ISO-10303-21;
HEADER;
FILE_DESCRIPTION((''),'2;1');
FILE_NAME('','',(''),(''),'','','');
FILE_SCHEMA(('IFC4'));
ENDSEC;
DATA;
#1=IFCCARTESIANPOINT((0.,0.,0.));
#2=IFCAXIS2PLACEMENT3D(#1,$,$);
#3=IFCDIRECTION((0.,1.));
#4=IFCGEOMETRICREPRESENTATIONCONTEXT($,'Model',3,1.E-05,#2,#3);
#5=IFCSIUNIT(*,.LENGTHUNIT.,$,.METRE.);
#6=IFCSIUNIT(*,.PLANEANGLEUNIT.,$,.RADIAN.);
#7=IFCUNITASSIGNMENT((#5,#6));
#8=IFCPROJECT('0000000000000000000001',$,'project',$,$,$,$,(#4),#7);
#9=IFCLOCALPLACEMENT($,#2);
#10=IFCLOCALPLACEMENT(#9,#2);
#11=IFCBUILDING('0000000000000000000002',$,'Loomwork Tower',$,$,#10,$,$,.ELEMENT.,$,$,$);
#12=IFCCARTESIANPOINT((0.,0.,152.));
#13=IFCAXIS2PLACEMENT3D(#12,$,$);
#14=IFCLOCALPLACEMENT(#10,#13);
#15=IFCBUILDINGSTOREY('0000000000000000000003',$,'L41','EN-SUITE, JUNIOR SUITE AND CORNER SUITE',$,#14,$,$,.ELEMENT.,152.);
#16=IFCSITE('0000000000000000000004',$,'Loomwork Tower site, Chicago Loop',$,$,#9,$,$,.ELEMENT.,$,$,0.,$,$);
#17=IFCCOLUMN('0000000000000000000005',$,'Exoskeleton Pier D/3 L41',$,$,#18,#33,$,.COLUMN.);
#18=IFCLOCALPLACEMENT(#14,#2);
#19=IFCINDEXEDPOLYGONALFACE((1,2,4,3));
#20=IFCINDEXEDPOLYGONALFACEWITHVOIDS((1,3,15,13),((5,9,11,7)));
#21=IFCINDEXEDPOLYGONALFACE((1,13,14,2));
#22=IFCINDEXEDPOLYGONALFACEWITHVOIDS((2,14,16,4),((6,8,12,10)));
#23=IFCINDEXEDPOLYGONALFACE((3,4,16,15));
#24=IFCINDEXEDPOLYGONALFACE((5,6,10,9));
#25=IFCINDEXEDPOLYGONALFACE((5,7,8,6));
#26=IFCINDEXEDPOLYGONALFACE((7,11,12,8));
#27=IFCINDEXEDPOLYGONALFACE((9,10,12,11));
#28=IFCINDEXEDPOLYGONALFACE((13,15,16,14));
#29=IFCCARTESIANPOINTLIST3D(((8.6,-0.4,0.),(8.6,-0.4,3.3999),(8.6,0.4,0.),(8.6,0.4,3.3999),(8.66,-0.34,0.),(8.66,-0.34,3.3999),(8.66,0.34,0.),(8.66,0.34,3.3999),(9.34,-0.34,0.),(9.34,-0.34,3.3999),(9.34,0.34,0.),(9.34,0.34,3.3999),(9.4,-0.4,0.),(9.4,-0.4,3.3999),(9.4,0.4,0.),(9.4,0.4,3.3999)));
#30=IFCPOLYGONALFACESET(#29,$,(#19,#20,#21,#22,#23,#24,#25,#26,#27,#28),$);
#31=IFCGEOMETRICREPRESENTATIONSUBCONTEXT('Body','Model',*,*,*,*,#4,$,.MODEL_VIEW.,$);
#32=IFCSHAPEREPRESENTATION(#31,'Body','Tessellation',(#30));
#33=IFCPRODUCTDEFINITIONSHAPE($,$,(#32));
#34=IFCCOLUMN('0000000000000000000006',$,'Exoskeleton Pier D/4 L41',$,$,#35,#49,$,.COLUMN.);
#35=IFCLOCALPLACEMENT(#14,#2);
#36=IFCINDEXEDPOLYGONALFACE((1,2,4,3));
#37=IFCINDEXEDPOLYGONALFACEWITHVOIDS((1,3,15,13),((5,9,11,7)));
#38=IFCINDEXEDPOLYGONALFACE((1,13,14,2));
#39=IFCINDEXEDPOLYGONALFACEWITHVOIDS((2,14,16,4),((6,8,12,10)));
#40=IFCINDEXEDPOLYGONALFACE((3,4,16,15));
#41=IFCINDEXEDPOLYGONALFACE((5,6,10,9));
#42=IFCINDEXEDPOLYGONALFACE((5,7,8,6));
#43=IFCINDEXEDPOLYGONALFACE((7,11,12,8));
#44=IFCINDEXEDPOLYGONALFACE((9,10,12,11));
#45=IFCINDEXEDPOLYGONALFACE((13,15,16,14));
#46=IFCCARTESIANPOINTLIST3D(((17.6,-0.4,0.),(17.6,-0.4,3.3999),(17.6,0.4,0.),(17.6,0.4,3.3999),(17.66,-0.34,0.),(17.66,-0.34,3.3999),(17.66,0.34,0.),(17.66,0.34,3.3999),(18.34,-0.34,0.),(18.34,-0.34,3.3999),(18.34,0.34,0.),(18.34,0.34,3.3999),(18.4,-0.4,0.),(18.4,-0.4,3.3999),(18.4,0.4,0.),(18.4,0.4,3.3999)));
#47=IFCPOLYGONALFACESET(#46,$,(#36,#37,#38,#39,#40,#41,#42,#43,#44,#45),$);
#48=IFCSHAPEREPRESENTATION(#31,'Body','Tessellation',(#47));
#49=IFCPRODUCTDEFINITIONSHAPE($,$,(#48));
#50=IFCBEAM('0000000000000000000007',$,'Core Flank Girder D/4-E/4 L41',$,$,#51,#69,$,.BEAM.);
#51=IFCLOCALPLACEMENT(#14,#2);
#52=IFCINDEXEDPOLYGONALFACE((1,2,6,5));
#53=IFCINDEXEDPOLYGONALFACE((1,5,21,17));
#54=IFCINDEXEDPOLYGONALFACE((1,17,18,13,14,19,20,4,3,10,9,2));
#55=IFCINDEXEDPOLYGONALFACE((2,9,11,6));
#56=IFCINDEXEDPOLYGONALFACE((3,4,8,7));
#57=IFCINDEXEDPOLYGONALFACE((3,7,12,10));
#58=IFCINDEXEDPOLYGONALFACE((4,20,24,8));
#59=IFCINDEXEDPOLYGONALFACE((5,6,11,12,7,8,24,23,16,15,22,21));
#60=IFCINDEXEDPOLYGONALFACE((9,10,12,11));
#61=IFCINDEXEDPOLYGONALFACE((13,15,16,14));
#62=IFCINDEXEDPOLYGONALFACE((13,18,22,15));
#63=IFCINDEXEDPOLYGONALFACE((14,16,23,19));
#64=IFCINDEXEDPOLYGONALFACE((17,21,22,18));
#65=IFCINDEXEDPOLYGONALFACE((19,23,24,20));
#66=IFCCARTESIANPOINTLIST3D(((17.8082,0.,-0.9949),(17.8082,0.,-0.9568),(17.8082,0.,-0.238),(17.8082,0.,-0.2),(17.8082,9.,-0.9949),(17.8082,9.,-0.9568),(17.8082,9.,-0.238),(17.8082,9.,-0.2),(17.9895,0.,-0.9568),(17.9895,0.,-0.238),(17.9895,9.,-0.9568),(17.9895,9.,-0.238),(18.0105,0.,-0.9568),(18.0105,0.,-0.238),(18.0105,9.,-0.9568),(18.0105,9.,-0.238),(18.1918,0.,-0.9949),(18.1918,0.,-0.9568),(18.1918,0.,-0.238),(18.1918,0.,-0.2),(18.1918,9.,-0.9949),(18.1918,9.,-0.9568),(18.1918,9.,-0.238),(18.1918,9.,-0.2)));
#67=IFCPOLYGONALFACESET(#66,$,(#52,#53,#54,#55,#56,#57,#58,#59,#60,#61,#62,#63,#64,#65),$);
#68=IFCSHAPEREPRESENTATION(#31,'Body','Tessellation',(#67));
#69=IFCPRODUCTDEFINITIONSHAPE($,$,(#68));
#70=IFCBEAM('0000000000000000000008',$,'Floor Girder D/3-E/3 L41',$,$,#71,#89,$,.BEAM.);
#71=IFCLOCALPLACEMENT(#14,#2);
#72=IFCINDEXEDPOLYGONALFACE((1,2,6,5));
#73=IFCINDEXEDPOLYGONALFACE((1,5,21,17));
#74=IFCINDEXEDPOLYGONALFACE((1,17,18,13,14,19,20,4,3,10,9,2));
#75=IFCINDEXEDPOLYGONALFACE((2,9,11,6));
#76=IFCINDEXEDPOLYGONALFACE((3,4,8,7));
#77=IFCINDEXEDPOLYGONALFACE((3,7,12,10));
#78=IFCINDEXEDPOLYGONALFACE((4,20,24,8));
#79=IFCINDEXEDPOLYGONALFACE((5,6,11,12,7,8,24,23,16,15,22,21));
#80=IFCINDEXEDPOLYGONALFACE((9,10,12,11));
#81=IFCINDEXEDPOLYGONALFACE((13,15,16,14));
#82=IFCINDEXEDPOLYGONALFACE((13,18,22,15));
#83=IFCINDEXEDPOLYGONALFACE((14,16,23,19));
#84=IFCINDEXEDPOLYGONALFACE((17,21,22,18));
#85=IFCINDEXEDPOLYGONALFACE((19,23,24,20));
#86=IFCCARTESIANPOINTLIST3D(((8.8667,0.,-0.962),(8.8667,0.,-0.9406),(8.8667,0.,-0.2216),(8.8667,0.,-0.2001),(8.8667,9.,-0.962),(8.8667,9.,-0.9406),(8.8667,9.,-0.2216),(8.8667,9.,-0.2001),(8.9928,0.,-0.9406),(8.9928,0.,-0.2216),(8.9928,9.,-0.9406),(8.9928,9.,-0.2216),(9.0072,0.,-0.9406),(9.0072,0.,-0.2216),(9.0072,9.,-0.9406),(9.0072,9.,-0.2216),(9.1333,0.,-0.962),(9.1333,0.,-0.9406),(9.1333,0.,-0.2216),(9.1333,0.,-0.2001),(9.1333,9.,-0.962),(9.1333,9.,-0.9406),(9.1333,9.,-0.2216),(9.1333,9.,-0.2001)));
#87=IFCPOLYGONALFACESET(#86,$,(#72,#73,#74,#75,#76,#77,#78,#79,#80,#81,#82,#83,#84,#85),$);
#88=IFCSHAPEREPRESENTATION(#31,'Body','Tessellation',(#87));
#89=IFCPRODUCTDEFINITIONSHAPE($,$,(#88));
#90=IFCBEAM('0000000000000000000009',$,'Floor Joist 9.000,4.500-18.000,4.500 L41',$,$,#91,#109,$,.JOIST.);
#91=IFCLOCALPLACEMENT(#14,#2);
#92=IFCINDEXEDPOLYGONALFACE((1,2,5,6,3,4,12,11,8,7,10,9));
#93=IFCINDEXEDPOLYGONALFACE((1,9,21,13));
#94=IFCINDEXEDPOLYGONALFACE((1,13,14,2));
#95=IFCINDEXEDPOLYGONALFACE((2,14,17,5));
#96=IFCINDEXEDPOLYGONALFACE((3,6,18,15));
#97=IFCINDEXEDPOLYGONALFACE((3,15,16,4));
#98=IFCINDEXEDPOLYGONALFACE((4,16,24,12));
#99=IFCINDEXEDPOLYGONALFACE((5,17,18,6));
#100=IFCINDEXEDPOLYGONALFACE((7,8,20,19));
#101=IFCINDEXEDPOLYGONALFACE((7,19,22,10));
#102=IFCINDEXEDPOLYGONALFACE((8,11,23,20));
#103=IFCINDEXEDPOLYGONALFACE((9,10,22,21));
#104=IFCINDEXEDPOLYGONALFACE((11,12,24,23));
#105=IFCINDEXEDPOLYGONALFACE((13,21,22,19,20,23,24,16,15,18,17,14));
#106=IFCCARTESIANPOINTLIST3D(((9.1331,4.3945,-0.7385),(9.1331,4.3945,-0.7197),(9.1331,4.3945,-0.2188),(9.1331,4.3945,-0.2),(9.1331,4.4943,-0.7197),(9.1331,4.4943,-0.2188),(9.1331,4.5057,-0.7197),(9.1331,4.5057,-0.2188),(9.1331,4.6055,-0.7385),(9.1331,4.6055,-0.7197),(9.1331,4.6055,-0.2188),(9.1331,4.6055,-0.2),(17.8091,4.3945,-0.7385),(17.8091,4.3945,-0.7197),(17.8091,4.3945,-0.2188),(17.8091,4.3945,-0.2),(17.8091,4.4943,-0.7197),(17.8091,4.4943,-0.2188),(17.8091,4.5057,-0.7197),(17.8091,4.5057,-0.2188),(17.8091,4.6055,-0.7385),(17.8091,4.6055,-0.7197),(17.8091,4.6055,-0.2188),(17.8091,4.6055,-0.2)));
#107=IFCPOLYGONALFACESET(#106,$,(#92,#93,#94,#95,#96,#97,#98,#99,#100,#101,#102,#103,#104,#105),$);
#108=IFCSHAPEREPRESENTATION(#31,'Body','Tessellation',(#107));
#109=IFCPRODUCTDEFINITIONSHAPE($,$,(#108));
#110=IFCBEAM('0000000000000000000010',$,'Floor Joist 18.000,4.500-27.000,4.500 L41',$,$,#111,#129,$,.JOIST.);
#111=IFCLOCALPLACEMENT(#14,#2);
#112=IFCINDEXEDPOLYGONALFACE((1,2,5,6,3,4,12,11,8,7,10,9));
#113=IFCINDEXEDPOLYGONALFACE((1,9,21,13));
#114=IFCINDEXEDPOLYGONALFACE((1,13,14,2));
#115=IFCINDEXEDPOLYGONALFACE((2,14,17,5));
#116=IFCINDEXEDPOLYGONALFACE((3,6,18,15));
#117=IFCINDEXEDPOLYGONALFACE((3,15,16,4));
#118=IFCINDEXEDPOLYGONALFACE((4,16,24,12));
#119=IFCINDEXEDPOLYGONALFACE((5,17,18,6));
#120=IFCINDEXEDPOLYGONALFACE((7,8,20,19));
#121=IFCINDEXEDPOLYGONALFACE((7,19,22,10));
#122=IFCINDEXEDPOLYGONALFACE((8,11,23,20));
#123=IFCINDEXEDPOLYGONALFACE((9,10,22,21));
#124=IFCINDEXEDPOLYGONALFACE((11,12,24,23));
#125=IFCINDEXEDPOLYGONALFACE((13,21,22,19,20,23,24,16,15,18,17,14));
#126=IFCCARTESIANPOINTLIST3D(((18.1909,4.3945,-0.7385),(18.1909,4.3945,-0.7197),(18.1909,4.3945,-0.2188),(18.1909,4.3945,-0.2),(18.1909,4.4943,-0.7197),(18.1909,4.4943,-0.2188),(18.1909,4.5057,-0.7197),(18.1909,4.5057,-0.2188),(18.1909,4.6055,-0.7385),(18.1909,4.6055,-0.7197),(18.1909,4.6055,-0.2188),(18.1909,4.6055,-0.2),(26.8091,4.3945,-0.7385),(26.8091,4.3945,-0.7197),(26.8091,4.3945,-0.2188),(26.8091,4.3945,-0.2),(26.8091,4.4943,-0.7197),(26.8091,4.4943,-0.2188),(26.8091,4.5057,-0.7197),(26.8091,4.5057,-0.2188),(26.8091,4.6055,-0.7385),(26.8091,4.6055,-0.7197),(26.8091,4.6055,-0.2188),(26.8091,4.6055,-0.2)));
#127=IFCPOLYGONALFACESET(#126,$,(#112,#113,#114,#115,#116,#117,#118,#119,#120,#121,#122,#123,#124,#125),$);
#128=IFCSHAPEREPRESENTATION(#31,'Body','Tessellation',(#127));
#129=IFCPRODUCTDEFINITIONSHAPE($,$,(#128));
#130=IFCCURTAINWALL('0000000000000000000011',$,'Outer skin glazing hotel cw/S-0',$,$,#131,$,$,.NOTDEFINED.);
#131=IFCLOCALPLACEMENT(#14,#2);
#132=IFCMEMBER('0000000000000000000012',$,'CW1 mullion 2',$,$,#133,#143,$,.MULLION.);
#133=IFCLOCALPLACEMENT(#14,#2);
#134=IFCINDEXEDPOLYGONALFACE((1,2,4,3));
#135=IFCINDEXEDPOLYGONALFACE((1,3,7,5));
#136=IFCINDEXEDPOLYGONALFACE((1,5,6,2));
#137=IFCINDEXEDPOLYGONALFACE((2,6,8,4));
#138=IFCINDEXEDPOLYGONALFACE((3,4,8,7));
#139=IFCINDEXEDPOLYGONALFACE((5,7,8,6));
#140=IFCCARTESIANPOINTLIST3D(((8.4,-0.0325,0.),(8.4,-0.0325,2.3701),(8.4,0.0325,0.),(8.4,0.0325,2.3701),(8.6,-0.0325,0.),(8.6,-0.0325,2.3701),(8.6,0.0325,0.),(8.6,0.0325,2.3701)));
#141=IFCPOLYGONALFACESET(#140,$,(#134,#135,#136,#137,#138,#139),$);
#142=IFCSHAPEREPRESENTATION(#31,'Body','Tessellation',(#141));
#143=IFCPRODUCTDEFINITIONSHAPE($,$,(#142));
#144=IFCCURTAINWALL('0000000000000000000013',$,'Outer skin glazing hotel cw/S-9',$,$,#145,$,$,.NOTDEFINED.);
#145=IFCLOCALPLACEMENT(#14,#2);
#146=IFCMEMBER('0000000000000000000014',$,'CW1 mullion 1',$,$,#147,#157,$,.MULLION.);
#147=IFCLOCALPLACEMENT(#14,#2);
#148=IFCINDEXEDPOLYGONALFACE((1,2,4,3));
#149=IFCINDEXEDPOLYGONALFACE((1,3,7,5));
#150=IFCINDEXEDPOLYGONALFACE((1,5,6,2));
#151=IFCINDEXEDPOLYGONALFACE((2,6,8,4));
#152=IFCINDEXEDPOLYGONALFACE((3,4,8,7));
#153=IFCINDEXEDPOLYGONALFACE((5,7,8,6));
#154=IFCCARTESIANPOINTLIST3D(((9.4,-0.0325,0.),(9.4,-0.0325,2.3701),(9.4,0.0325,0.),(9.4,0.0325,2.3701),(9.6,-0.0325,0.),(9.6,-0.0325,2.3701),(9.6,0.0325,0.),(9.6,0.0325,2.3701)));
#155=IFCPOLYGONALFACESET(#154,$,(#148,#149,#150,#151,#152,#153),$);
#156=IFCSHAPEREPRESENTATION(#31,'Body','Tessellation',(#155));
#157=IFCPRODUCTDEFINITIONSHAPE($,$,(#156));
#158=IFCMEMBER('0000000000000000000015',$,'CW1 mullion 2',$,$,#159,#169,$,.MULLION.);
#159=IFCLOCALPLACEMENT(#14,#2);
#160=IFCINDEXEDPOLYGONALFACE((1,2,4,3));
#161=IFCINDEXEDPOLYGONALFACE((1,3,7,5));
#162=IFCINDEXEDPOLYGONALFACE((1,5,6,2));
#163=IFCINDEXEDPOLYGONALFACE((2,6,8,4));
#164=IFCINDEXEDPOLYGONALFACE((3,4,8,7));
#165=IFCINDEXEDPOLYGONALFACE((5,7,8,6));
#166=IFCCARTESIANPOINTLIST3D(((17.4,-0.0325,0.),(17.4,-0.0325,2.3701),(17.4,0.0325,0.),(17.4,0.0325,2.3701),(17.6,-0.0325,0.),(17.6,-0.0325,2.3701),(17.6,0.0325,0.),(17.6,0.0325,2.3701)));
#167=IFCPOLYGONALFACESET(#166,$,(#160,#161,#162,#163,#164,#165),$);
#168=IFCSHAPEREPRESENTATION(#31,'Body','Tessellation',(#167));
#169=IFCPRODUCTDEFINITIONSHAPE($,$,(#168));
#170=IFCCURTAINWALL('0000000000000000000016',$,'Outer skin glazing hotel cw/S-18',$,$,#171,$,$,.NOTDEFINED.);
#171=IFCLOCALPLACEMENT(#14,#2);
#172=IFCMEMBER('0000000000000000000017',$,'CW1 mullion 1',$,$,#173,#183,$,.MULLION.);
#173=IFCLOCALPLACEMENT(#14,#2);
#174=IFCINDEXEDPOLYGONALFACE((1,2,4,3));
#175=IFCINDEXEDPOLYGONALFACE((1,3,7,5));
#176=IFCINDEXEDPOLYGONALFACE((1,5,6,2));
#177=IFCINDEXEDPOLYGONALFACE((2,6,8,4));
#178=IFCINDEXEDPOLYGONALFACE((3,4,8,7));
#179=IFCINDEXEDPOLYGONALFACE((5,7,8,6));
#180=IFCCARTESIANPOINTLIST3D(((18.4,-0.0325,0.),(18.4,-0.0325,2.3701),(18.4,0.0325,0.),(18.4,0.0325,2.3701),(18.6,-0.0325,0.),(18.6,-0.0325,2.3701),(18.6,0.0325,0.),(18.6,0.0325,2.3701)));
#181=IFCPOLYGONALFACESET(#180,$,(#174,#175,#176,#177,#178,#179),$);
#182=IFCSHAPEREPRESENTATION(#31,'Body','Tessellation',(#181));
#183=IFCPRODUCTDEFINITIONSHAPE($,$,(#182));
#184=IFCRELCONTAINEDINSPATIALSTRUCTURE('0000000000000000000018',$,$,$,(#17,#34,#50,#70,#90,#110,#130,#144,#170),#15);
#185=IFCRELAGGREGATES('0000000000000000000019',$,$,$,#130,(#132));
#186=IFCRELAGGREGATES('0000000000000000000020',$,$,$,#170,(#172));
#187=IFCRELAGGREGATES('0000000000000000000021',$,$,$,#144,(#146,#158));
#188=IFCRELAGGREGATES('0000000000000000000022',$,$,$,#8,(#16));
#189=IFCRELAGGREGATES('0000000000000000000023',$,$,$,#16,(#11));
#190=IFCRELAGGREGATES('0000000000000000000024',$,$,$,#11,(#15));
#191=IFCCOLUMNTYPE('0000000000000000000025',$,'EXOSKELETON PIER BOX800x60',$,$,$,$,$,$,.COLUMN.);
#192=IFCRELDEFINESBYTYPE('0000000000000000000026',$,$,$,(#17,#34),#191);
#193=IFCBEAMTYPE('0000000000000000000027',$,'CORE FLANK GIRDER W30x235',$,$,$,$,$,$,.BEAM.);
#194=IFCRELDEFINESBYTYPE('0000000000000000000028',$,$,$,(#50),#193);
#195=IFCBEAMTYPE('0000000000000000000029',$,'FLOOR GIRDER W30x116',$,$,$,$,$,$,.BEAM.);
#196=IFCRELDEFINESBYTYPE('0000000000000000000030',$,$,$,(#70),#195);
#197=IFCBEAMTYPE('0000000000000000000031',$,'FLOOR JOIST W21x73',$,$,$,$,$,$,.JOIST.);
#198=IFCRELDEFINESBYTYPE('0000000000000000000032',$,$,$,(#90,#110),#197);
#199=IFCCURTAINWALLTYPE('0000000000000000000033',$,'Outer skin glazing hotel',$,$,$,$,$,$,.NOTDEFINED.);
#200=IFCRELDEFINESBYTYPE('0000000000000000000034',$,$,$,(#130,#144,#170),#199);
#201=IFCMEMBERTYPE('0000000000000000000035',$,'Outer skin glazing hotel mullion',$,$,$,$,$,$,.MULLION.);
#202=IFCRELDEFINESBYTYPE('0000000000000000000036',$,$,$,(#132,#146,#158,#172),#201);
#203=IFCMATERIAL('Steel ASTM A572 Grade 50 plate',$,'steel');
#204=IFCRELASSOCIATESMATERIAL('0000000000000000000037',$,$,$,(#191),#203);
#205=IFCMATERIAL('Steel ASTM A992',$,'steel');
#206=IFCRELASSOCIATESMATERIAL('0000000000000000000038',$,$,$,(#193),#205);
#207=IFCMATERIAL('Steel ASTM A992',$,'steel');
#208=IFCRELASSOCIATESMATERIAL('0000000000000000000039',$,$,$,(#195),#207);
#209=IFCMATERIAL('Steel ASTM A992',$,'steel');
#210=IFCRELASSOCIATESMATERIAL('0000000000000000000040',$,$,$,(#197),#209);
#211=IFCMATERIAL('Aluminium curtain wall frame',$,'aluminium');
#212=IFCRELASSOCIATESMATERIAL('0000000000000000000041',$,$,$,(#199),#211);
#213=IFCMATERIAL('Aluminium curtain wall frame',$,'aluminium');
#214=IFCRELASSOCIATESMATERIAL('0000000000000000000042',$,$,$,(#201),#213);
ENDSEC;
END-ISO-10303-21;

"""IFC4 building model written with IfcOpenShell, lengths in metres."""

from ifc_helpers import new_model, si_unit, direction, frame, origin, origin_2d, place, context, subcontext, project, spatial, rectangle, hollow_rectangle, i_section, extrude, material, material_profile, profile_set, type_object, element, aggregate, save


model = new_model("IFC4")

# Units and contexts
model_context = context("Model", 3, precision=1e-05, world=origin(), true_north=direction((0.0, 1.0)))
body_context = subcontext(model_context, "Body", "Model", "MODEL_VIEW")
ifc_project = project(units=[si_unit("LENGTHUNIT", "METRE"), si_unit("PLANEANGLEUNIT", "RADIAN")], contexts=[model_context])

# Site, building, storey
site_placement = place(None, origin())
site = spatial("IfcSite", under=ifc_project, at=site_placement, Name="Loomwork Tower site, Chicago Loop", CompositionType="ELEMENT", RefElevation=0.0)
building_placement = place(site_placement, origin())
building = spatial("IfcBuilding", under=site, at=building_placement, Name="Loomwork Tower", CompositionType="ELEMENT")
storey_placement = place(building_placement, frame((0.0, 0.0, 152.0)))
storey = spatial("IfcBuildingStorey", under=building, at=storey_placement, Name="L41", Description="EN-SUITE, JUNIOR SUITE AND CORNER SUITE", CompositionType="ELEMENT", Elevation=152.0)

# Columns
ifc_material_1 = material(Name="Steel ASTM A572 Grade 50 plate", Category="steel")
ifc_material_profile_1 = material_profile(ifc_material_1, hollow_rectangle(XDim=0.8, YDim=0.8, WallThickness=0.0601, at=origin_2d()), Name="BOX800x60")
ifc_profile_set_1 = profile_set([ifc_material_profile_1], Name="Steel ASTM A572 Grade 50 plate")
column_type = type_object("IfcColumnType", Name="EXOSKELETON PIER BOX800x60", PredefinedType="COLUMN", material=ifc_profile_set_1)
for number, where, z_axis, x_axis, name in (
    (1, (9.0, 0.0, 0.0), (0.0, 0.0, 1.0), (1.0, 0.0, 0.0), "Exoskeleton Pier D/3 L41"),
    (2, (18.0, 0.0, 0.0), (0.0, 0.0, 1.0), (1.0, 0.0, 0.0), "Exoskeleton Pier D/4 L41"),
):
    element("IfcColumn", number, at=place(storey_placement, frame(where, z_axis=z_axis, x_axis=x_axis)), inside=storey, type_object=column_type, Name=name, PredefinedType="COLUMN", context=body_context, shape_type="SweptSolid", body=[
        extrude(hollow_rectangle(XDim=0.8, YDim=0.8, WallThickness=0.0601, at=origin_2d()), origin(), (0.0, 0.0, 1.0), 3.3999),
    ])

# Beams
ifc_material_2 = material(Name="Steel ASTM A992", Category="steel")
ifc_material_profile_2 = material_profile(ifc_material_2, i_section(OverallWidth=0.3835, OverallDepth=0.7949, WebThickness=0.021, FlangeThickness=0.0381, at=origin_2d()), Name="W30x235")
ifc_profile_set_2 = profile_set([ifc_material_profile_2], Name="Steel ASTM A992")
beam_type_1 = type_object("IfcBeamType", Name="CORE FLANK GIRDER W30x235", PredefinedType="BEAM", material=ifc_profile_set_2)
beam_1_placement = place(storey_placement, frame((18.0, 0.0, -0.5974), z_axis=(0.0, 1.0, 0.0), x_axis=(-1.0, 0.0, 0.0)))
element("IfcBeam", 3, at=beam_1_placement, inside=storey, type_object=beam_type_1, Name="Core Flank Girder D/4-E/4 L41", PredefinedType="BEAM", context=body_context, shape_type="SweptSolid", body=[
    extrude(i_section(OverallWidth=0.3835, OverallDepth=0.7949, WebThickness=0.021, FlangeThickness=0.0381, at=origin_2d()), origin(), (0.0, 0.0, 1.0), 9.0),
])
ifc_material_3 = material(Name="Steel ASTM A992", Category="steel")
ifc_material_profile_3 = material_profile(ifc_material_3, i_section(OverallWidth=0.2666, OverallDepth=0.762, WebThickness=0.0144, FlangeThickness=0.0215, at=origin_2d()), Name="W30x116")
ifc_profile_set_3 = profile_set([ifc_material_profile_3], Name="Steel ASTM A992")
beam_type_2 = type_object("IfcBeamType", Name="FLOOR GIRDER W30x116", PredefinedType="BEAM", material=ifc_profile_set_3)
beam_2_placement = place(storey_placement, frame((9.0, 0.0, -0.5811), z_axis=(0.0, 1.0, 0.0), x_axis=(-1.0, 0.0, 0.0)))
element("IfcBeam", 4, at=beam_2_placement, inside=storey, type_object=beam_type_2, Name="Floor Girder D/3-E/3 L41", PredefinedType="BEAM", context=body_context, shape_type="SweptSolid", body=[
    extrude(i_section(OverallWidth=0.2666, OverallDepth=0.762, WebThickness=0.0144, FlangeThickness=0.0215, at=origin_2d()), origin(), (0.0, 0.0, 1.0), 9.0),
])
ifc_material_4 = material(Name="Steel ASTM A992", Category="steel")
ifc_material_profile_4 = material_profile(ifc_material_4, i_section(OverallWidth=0.2109, OverallDepth=0.5386, WebThickness=0.0115, FlangeThickness=0.0188, at=origin_2d()), Name="W21x73")
ifc_profile_set_4 = profile_set([ifc_material_profile_4], Name="Steel ASTM A992")
beam_type_3 = type_object("IfcBeamType", Name="FLOOR JOIST W21x73", PredefinedType="JOIST", material=ifc_profile_set_4)
beam_3_placement = place(storey_placement, frame((9.1331, 4.5, -0.4692), z_axis=(1.0, 0.0, 0.0), x_axis=(0.0, 1.0, 0.0)))
element("IfcBeam", 5, at=beam_3_placement, inside=storey, type_object=beam_type_3, Name="Floor Joist 9.000,4.500-18.000,4.500 L41", PredefinedType="JOIST", context=body_context, shape_type="SweptSolid", body=[
    extrude(i_section(OverallWidth=0.2109, OverallDepth=0.5386, WebThickness=0.0115, FlangeThickness=0.0188, at=origin_2d()), origin(), (0.0, 0.0, 1.0), 8.676),
])
beam_4_placement = place(storey_placement, frame((18.1909, 4.5, -0.4692), z_axis=(1.0, 0.0, 0.0), x_axis=(0.0, 1.0, 0.0)))
element("IfcBeam", 6, at=beam_4_placement, inside=storey, type_object=beam_type_3, Name="Floor Joist 18.000,4.500-27.000,4.500 L41", PredefinedType="JOIST", context=body_context, shape_type="SweptSolid", body=[
    extrude(i_section(OverallWidth=0.2109, OverallDepth=0.5386, WebThickness=0.0115, FlangeThickness=0.0188, at=origin_2d()), origin(), (0.0, 0.0, 1.0), 8.6182),
])

# Curtain wall, member
ifc_material_5 = material(Name="Aluminium curtain wall frame", Category="aluminium")
curtain_wall_type = type_object("IfcCurtainWallType", Name="Outer skin glazing hotel", PredefinedType="NOTDEFINED", material=ifc_material_5)
curtain_wall_1_placement = place(storey_placement, origin())
curtain_wall_1 = element("IfcCurtainWall", 7, at=curtain_wall_1_placement, inside=storey, type_object=curtain_wall_type, Name="Outer skin glazing hotel cw/S-0", PredefinedType="NOTDEFINED")
ifc_material_6 = material(Name="Aluminium curtain wall frame", Category="aluminium")
ifc_material_profile_5 = material_profile(ifc_material_6, rectangle(XDim=0.0649, YDim=0.2, at=origin_2d()), Name="AL 65x200")
ifc_profile_set_5 = profile_set([ifc_material_profile_5], Name="Aluminium curtain wall frame")
member_type_1 = type_object("IfcMemberType", Name="Outer skin glazing hotel mullion", PredefinedType="MULLION", material=ifc_profile_set_5)
member_1_placement = place(storey_placement, frame((8.5, 0.0, 0.0), z_axis=(0.0, 0.0, 1.0), x_axis=(0.0, 1.0, 0.0)))
member_1 = element("IfcMember", 8, at=member_1_placement, type_object=member_type_1, Name="CW1 mullion 2", PredefinedType="MULLION", context=body_context, shape_type="SweptSolid", body=[
    extrude(rectangle(XDim=0.0649, YDim=0.2, at=origin_2d()), origin(), (0.0, 0.0, 1.0), 2.3701),
])
aggregate(curtain_wall_1, [member_1])

# Curtain wall, members
curtain_wall_2_placement = place(storey_placement, origin())
curtain_wall_2 = element("IfcCurtainWall", 9, at=curtain_wall_2_placement, inside=storey, type_object=curtain_wall_type, Name="Outer skin glazing hotel cw/S-9", PredefinedType="NOTDEFINED")
member_2_placement = place(storey_placement, frame((9.5, 0.0, 0.0), z_axis=(0.0, 0.0, 1.0), x_axis=(0.0, 1.0, 0.0)))
member_2 = element("IfcMember", 10, at=member_2_placement, type_object=member_type_1, Name="CW1 mullion 1", PredefinedType="MULLION", context=body_context, shape_type="SweptSolid", body=[
    extrude(rectangle(XDim=0.0649, YDim=0.2, at=origin_2d()), origin(), (0.0, 0.0, 1.0), 2.3701),
])
member_3_placement = place(storey_placement, frame((17.5, 0.0, 0.0), z_axis=(0.0, 0.0, 1.0), x_axis=(0.0, 1.0, 0.0)))
member_3 = element("IfcMember", 11, at=member_3_placement, type_object=member_type_1, Name="CW1 mullion 2", PredefinedType="MULLION", context=body_context, shape_type="SweptSolid", body=[
    extrude(rectangle(XDim=0.0649, YDim=0.2, at=origin_2d()), origin(), (0.0, 0.0, 1.0), 2.3701),
])

# Curtain wall, member
curtain_wall_3_placement = place(storey_placement, origin())
curtain_wall_3 = element("IfcCurtainWall", 12, at=curtain_wall_3_placement, inside=storey, type_object=curtain_wall_type, Name="Outer skin glazing hotel cw/S-18", PredefinedType="NOTDEFINED")
member_4_placement = place(storey_placement, frame((18.5, 0.0, 0.0), z_axis=(0.0, 0.0, 1.0), x_axis=(0.0, 1.0, 0.0)))
member_4 = element("IfcMember", 13, at=member_4_placement, type_object=member_type_1, Name="CW1 mullion 1", PredefinedType="MULLION", context=body_context, shape_type="SweptSolid", body=[
    extrude(rectangle(XDim=0.0649, YDim=0.2, at=origin_2d()), origin(), (0.0, 0.0, 1.0), 2.3701),
])

aggregate(curtain_wall_3, [member_4])

aggregate(curtain_wall_2, [member_2, member_3])

save(model, "model.ifc")
